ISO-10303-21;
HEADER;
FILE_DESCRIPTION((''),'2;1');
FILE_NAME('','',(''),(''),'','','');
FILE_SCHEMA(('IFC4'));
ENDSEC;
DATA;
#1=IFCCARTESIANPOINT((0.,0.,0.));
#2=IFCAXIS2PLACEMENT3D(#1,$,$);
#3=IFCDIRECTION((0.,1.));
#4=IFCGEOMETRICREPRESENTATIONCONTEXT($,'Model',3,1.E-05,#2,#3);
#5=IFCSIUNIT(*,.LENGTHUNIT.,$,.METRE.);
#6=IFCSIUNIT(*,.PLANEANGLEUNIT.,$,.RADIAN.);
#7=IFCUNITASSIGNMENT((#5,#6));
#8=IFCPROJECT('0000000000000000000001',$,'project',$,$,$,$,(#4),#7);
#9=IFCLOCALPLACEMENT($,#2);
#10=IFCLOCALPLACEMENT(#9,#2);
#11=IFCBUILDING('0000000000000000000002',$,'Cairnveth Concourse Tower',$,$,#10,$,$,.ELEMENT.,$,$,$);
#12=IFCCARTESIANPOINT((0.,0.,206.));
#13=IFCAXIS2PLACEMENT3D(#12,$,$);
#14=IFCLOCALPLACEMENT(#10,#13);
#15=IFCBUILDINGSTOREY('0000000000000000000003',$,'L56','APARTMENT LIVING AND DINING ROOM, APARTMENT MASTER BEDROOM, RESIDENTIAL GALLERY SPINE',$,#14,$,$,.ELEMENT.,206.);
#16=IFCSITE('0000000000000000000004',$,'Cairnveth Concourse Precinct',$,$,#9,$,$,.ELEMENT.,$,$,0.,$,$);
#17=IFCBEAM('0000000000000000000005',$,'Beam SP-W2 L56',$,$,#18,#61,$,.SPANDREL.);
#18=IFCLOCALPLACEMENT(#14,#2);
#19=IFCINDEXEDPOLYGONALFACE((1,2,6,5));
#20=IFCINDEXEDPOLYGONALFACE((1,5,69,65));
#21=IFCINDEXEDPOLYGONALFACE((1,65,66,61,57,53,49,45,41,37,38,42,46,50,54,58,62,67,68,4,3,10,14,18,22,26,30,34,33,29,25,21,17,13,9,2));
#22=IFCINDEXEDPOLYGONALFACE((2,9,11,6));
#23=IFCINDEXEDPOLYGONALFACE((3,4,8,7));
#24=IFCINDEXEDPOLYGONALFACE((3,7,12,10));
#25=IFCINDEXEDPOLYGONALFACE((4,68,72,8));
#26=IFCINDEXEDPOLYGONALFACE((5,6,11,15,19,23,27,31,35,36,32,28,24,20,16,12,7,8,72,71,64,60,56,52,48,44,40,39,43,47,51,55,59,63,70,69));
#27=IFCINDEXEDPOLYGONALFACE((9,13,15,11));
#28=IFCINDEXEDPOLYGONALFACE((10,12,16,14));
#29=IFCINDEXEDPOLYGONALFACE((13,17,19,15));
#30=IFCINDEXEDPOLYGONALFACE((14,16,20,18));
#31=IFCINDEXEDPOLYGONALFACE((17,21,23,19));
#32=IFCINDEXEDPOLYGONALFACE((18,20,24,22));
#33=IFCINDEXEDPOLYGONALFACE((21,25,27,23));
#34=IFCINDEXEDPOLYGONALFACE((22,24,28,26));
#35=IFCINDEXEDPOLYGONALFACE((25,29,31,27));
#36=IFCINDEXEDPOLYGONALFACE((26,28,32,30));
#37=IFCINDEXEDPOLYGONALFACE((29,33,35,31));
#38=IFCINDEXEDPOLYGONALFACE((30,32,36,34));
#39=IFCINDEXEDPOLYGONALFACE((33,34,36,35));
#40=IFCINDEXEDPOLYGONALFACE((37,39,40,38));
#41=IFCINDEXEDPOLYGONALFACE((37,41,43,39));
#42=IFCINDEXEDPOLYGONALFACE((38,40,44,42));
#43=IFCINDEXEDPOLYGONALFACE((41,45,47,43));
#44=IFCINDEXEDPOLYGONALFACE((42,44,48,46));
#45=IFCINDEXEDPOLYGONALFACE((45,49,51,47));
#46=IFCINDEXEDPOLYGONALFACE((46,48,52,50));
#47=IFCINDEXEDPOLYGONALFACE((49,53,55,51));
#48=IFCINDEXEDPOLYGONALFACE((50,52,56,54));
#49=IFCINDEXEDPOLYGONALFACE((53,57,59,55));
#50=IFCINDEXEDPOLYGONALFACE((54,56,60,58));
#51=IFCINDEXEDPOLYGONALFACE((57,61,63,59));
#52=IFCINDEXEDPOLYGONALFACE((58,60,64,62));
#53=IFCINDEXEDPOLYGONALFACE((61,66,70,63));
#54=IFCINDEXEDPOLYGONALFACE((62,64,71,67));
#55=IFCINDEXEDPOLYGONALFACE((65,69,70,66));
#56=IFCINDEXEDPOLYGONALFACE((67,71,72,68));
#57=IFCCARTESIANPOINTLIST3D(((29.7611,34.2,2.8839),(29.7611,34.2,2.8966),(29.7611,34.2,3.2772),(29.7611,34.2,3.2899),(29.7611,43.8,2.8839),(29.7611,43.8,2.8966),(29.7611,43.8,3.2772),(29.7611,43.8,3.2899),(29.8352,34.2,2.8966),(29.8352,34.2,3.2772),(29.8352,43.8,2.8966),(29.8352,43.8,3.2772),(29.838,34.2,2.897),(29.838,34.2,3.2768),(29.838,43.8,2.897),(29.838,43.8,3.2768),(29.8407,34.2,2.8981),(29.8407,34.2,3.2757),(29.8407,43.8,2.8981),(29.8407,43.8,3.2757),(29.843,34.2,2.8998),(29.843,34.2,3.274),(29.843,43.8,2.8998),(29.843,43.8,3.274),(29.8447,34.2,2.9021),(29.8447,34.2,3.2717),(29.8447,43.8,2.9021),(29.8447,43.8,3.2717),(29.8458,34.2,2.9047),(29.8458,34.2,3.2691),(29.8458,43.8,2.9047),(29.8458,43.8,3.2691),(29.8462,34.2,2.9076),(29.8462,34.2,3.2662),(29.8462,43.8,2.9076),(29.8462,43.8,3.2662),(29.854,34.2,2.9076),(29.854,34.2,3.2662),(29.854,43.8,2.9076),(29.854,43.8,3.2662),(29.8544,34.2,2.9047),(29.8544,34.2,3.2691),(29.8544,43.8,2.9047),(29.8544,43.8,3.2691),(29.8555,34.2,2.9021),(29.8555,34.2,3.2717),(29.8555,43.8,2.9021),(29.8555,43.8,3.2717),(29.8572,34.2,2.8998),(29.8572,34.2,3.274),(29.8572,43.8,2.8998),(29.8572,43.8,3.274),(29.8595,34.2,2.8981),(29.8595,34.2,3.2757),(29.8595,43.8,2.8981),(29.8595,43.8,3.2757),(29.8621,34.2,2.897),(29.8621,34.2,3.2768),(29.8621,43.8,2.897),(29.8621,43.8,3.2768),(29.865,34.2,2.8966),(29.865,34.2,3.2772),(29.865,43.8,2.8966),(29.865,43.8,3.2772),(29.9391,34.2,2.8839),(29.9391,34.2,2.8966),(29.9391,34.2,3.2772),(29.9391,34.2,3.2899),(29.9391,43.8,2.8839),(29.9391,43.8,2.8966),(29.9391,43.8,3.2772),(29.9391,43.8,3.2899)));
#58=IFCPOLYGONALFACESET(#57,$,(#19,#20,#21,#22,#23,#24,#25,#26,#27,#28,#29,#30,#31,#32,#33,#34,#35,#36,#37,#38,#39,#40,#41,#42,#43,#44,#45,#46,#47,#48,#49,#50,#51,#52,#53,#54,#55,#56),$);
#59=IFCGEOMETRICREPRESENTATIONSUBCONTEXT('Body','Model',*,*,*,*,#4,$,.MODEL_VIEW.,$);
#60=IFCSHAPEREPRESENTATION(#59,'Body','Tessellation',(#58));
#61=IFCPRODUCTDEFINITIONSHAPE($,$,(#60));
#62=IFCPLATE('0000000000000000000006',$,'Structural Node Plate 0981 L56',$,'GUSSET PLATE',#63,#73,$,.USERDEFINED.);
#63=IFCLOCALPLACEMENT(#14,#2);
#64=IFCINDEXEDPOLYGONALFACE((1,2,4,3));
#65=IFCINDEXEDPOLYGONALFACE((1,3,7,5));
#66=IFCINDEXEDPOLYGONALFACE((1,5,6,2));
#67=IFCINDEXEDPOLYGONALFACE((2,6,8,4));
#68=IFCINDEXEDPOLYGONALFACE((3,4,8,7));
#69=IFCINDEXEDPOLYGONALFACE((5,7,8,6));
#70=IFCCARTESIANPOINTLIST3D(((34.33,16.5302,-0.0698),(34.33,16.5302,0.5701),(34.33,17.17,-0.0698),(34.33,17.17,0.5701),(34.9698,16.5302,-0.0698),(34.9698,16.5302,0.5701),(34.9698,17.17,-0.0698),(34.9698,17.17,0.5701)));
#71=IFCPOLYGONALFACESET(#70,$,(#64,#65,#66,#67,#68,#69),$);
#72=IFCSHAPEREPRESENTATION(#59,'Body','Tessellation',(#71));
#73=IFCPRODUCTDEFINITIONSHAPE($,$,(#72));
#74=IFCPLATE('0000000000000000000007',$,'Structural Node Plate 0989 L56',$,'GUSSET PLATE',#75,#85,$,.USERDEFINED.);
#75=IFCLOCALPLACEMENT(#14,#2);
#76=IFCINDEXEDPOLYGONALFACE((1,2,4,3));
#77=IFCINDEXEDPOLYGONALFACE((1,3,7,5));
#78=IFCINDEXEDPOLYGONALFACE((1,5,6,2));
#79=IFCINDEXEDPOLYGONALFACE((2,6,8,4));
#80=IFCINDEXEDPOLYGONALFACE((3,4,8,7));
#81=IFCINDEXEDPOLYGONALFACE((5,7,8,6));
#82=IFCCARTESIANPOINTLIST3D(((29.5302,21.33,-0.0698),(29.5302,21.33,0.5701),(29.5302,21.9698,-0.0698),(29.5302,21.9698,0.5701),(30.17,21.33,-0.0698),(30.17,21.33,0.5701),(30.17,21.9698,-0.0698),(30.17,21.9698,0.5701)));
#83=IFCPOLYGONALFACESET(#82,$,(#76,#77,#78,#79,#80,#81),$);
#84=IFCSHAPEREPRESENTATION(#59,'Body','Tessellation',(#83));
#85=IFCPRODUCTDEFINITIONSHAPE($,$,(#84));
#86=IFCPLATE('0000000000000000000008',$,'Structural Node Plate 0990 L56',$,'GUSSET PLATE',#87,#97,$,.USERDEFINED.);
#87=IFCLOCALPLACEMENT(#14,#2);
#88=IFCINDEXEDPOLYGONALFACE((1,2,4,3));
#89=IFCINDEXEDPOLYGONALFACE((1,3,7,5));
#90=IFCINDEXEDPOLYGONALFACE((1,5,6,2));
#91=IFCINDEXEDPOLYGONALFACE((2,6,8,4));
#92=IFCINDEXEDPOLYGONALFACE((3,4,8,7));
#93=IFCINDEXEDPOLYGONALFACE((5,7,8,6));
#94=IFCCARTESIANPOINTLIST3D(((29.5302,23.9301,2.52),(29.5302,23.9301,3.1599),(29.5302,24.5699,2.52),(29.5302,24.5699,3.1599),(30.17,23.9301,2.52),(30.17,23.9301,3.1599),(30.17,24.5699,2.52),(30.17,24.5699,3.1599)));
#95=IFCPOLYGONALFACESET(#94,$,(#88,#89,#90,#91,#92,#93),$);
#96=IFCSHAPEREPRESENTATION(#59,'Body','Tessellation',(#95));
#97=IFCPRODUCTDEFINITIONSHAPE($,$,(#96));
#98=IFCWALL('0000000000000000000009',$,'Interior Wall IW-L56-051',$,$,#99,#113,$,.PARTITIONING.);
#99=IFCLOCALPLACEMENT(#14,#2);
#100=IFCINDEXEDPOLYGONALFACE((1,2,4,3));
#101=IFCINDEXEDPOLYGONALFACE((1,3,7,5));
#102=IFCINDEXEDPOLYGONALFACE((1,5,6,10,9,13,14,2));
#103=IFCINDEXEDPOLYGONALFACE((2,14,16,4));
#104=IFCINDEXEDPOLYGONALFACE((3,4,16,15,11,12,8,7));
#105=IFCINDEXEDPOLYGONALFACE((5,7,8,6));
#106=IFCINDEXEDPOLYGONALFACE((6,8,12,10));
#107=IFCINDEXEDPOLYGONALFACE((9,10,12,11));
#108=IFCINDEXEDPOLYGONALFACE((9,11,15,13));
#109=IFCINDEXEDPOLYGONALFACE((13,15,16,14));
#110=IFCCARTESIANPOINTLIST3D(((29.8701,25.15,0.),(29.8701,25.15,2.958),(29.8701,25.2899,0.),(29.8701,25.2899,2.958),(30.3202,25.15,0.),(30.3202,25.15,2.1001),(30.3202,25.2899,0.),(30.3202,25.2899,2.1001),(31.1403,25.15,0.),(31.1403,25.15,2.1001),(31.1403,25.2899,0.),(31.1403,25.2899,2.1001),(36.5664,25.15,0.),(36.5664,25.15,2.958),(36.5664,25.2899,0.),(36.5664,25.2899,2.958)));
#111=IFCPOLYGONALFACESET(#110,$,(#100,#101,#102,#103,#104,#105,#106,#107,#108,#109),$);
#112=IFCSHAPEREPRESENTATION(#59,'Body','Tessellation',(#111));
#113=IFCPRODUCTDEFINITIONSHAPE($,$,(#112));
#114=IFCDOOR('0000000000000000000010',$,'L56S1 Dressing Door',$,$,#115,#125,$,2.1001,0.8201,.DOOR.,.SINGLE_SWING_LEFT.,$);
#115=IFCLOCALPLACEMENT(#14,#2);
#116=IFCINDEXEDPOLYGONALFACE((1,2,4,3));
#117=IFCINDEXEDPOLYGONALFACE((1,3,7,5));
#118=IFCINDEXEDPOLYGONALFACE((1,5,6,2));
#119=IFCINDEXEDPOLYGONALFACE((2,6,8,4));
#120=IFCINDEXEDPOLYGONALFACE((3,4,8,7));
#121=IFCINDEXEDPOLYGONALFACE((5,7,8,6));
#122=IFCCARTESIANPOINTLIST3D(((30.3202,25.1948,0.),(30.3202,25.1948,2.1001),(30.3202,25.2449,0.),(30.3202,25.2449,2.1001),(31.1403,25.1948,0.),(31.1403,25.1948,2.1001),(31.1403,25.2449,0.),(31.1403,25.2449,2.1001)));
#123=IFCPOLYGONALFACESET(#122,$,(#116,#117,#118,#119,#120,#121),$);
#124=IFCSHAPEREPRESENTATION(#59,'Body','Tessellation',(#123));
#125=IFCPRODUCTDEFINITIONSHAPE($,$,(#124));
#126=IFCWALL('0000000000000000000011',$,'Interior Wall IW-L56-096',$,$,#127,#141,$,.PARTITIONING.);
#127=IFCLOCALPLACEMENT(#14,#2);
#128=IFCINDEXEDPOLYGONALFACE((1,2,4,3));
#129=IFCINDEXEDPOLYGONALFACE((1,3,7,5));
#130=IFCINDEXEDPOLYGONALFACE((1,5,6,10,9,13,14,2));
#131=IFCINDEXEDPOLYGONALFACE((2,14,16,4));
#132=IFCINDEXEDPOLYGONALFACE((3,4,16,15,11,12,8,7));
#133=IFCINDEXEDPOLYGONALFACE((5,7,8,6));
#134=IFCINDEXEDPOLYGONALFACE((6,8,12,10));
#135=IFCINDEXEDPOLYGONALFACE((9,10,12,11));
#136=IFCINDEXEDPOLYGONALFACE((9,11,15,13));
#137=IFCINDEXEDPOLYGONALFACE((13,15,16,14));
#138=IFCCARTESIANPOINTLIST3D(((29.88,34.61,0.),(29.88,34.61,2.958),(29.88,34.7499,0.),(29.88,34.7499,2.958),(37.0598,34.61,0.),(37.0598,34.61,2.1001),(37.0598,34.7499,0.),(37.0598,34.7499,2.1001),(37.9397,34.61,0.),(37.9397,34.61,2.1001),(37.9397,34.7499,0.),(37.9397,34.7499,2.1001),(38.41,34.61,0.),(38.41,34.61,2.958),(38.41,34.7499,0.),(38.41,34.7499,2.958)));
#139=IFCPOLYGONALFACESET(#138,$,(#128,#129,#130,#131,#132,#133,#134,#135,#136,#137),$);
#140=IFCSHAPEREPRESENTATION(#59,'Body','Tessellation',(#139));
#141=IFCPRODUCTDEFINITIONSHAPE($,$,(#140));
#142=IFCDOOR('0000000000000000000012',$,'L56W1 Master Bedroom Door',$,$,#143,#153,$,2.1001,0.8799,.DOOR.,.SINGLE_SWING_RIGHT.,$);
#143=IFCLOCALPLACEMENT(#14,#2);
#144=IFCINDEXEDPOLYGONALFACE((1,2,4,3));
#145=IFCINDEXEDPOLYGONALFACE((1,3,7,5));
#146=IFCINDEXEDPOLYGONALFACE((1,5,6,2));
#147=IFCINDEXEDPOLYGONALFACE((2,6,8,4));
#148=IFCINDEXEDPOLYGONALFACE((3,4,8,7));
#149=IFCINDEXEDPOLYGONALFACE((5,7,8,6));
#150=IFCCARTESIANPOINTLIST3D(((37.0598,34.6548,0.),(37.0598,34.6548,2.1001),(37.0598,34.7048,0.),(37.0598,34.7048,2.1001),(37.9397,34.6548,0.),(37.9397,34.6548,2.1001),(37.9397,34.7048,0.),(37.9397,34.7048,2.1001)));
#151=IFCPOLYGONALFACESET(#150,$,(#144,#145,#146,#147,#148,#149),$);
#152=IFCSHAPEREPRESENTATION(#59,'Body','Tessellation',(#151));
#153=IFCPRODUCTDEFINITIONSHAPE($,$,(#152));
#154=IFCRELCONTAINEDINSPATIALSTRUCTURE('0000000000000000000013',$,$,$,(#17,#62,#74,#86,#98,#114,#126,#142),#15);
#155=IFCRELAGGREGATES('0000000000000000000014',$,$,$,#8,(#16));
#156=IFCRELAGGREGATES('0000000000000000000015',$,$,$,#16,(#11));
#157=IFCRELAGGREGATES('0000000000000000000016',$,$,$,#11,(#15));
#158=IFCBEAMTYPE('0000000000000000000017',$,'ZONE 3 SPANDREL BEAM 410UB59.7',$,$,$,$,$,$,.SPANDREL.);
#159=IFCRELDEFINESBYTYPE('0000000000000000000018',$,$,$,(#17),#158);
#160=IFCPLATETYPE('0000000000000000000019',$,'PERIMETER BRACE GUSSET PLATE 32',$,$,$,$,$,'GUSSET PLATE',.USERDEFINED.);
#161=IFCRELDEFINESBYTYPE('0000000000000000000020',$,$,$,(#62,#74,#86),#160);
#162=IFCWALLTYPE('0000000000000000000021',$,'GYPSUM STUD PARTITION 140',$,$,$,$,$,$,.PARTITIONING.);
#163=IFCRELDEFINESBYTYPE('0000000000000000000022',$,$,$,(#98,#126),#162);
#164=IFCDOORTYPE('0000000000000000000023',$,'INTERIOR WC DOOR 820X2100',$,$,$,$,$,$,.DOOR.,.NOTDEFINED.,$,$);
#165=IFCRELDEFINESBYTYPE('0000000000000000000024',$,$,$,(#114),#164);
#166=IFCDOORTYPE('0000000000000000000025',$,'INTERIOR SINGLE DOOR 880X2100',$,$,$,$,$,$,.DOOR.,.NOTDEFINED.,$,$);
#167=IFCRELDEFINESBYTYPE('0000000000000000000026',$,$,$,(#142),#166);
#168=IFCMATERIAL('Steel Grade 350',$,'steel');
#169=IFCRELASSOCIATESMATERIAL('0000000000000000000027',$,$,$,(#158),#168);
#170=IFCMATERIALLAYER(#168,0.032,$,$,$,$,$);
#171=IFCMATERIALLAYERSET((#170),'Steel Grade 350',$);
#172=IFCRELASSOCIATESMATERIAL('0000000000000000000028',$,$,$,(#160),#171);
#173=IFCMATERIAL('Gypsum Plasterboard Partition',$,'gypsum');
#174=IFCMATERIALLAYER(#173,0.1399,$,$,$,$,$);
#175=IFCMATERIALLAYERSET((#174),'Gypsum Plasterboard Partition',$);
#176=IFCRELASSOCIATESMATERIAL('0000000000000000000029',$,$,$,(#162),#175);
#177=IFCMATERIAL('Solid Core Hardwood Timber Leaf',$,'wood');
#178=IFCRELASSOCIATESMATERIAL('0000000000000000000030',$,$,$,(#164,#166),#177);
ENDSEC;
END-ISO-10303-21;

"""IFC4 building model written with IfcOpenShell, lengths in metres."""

from ifc_helpers import new_model, si_unit, direction, frame, frame_2d, origin, origin_2d, place, context, subcontext, project, spatial, rectangle, i_section, extrude, material, layer, layer_set, material_profile, profile_set, type_object, element, fill, save


model = new_model("IFC4")

# Units and contexts
model_context = context("Model", 3, precision=1e-05, world=origin(), true_north=direction((0.0, 1.0)))
body_context = subcontext(model_context, "Body", "Model", "MODEL_VIEW")
ifc_project = project(units=[si_unit("LENGTHUNIT", "METRE"), si_unit("PLANEANGLEUNIT", "RADIAN")], contexts=[model_context])

# Site, building, storey
site_placement = place(None, origin())
site = spatial("IfcSite", under=ifc_project, at=site_placement, Name="Cairnveth Concourse Precinct", CompositionType="ELEMENT", RefElevation=0.0)
building_placement = place(site_placement, origin())
building = spatial("IfcBuilding", under=site, at=building_placement, Name="Cairnveth Concourse Tower", CompositionType="ELEMENT")
storey_placement = place(building_placement, frame((0.0, 0.0, 206.0)))
storey = spatial("IfcBuildingStorey", under=building, at=storey_placement, Name="L56", Description="APARTMENT LIVING AND DINING ROOM, APARTMENT MASTER BEDROOM, RESIDENTIAL GALLERY SPINE", CompositionType="ELEMENT", Elevation=206.0)

# Shared definitions
ifc_material_1 = material(Name="Steel Grade 350", Category="steel")

# Beam
ifc_material_profile_1 = material_profile(ifc_material_1, i_section(OverallWidth=0.178, OverallDepth=0.406, WebThickness=0.0078, FlangeThickness=0.0127, FilletRadius=0.011, at=origin_2d()), Name="410UB59.7")
ifc_profile_set_1 = profile_set([ifc_material_profile_1], Name="Steel Grade 350")
beam_type_1 = type_object("IfcBeamType", Name="ZONE 3 SPANDREL BEAM 410UB59.7", PredefinedType="SPANDREL", material=ifc_profile_set_1)
beam_1_placement = place(storey_placement, frame((29.8501, 34.2, 3.0869), z_axis=(0.0, 1.0, 0.0), x_axis=(-1.0, 0.0, 0.0)))
element("IfcBeam", 1, at=beam_1_placement, inside=storey, type_object=beam_type_1, Name="Beam SP-W2 L56", PredefinedType="SPANDREL", context=body_context, shape_type="SweptSolid", body=[
    extrude(i_section(OverallWidth=0.178, OverallDepth=0.406, WebThickness=0.0078, FlangeThickness=0.0127, FilletRadius=0.011, at=origin_2d()), origin(), (0.0, 0.0, 1.0), 9.6001),
])

# Plates
ifc_layer_1 = layer(ifc_material_1, 0.032)
ifc_layer_set_1 = layer_set([ifc_layer_1], Name="Steel Grade 350")
plate_type = type_object("IfcPlateType", Name="PERIMETER BRACE GUSSET PLATE 32", ElementType="GUSSET PLATE", PredefinedType="USERDEFINED", material=ifc_layer_set_1)
for number, where, z_axis, x_axis, name in (
    (2, (34.6499, 16.8501, -0.0698), (0.0, 0.0, 1.0), (1.0, 0.0, 0.0), "Structural Node Plate 0981 L56"),
    (3, (29.8501, 21.6499, -0.0698), (0.0, 0.0, 1.0), (1.0, 0.0, 0.0), "Structural Node Plate 0989 L56"),
    (4, (29.8501, 24.25, 2.52), (0.0, 0.0, 1.0), (1.0, 0.0, 0.0), "Structural Node Plate 0990 L56"),
):
    element("IfcPlate", number, at=place(storey_placement, frame(where, z_axis=z_axis, x_axis=x_axis)), inside=storey, type_object=plate_type, Name=name, ObjectType="GUSSET PLATE", PredefinedType="USERDEFINED", context=body_context, shape_type="SweptSolid", body=[
        extrude(rectangle(XDim=0.6399, YDim=0.6399, at=origin_2d()), origin(), (0.0, 0.0, 1.0), 0.6399),
    ])

# Walls, openings, doors
ifc_material_2 = material(Name="Gypsum Plasterboard Partition", Category="gypsum")
ifc_layer_2 = layer(ifc_material_2, 0.1399)
ifc_layer_set_2 = layer_set([ifc_layer_2], Name="Gypsum Plasterboard Partition")
wall_type_1 = type_object("IfcWallType", Name="GYPSUM STUD PARTITION 140", PredefinedType="PARTITIONING", material=ifc_layer_set_2)
wall_1_placement = place(storey_placement, frame((29.8701, 25.22, 0.0), z_axis=(0.0, 0.0, 1.0), x_axis=(1.0, 0.0, 0.0)))
wall_1 = element("IfcWall", 5, at=wall_1_placement, inside=storey, type_object=wall_type_1, Name="Interior Wall IW-L56-051", PredefinedType="PARTITIONING", context=body_context, shape_type="SweptSolid", body=[
    extrude(rectangle(XDim=6.6963, YDim=0.1399, at=frame_2d((3.3481, 0.0))), origin(), (0.0, 0.0, 1.0), 2.958),
])
opening_1_placement = place(wall_1_placement, frame((0.45, 0.0, 0.0)))
opening_1 = element("IfcOpeningElement", 6, at=opening_1_placement, cuts=wall_1, PredefinedType="OPENING", context=body_context, shape_type="SweptSolid", body=[
    extrude(rectangle(XDim=0.8201, YDim=2.1001, at=frame_2d((0.4102, 1.05))), frame((0.0, 0.0798, 0.0), z_axis=(0.0, -1.0, 0.0), x_axis=(1.0, 0.0, 0.0)), (0.0, 0.0, 1.0), 0.1599),
])
ifc_material_3 = material(Name="Solid Core Hardwood Timber Leaf", Category="wood")
door_type_1 = type_object("IfcDoorType", Name="INTERIOR WC DOOR 820X2100", OperationType="NOTDEFINED", PredefinedType="DOOR", material=ifc_material_3)
door_1_placement = place(opening_1_placement, origin())
door_1 = element("IfcDoor", 7, at=door_1_placement, inside=storey, type_object=door_type_1, Name="L56S1 Dressing Door", OperationType="SINGLE_SWING_LEFT", OverallHeight=2.1001, OverallWidth=0.8201, PredefinedType="DOOR", context=body_context, shape_type="SweptSolid", body=[
    extrude(rectangle(XDim=0.8201, YDim=2.1001, at=frame_2d((0.4102, 1.05))), frame((0.0, 0.0249, 0.0), z_axis=(0.0, -1.0, 0.0), x_axis=(1.0, 0.0, 0.0)), (0.0, 0.0, 1.0), 0.05),
])
fill(opening_1, door_1)
wall_2_placement = place(storey_placement, frame((29.8799, 34.6799, 0.0), z_axis=(0.0, 0.0, 1.0), x_axis=(1.0, 0.0, 0.0)))
wall_2 = element("IfcWall", 8, at=wall_2_placement, inside=storey, type_object=wall_type_1, Name="Interior Wall IW-L56-096", PredefinedType="PARTITIONING", context=body_context, shape_type="SweptSolid", body=[
    extrude(rectangle(XDim=8.53, YDim=0.1399, at=frame_2d((4.2651, 0.0))), origin(), (0.0, 0.0, 1.0), 2.958),
])
opening_2_placement = place(wall_2_placement, frame((7.1799, 0.0, 0.0)))
opening_2 = element("IfcOpeningElement", 9, at=opening_2_placement, cuts=wall_2, PredefinedType="OPENING", context=body_context, shape_type="SweptSolid", body=[
    extrude(rectangle(XDim=0.8799, YDim=2.1001, at=frame_2d((0.4399, 1.05))), frame((0.0, 0.0798, 0.0), z_axis=(0.0, -1.0, 0.0), x_axis=(1.0, 0.0, 0.0)), (0.0, 0.0, 1.0), 0.1599),
])
door_type_2 = type_object("IfcDoorType", Name="INTERIOR SINGLE DOOR 880X2100", OperationType="NOTDEFINED", PredefinedType="DOOR", material=ifc_material_3)
door_2_placement = place(opening_2_placement, origin())
door_2 = element("IfcDoor", 10, at=door_2_placement, inside=storey, type_object=door_type_2, Name="L56W1 Master Bedroom Door", OperationType="SINGLE_SWING_RIGHT", OverallHeight=2.1001, OverallWidth=0.8799, PredefinedType="DOOR", context=body_context, shape_type="SweptSolid", body=[
    extrude(rectangle(XDim=0.8799, YDim=2.1001, at=frame_2d((0.4399, 1.05))), frame((0.0, 0.0249, 0.0), z_axis=(0.0, -1.0, 0.0), x_axis=(1.0, 0.0, 0.0)), (0.0, 0.0, 1.0), 0.05),
])
fill(opening_2, door_2)

save(model, "model.ifc")
